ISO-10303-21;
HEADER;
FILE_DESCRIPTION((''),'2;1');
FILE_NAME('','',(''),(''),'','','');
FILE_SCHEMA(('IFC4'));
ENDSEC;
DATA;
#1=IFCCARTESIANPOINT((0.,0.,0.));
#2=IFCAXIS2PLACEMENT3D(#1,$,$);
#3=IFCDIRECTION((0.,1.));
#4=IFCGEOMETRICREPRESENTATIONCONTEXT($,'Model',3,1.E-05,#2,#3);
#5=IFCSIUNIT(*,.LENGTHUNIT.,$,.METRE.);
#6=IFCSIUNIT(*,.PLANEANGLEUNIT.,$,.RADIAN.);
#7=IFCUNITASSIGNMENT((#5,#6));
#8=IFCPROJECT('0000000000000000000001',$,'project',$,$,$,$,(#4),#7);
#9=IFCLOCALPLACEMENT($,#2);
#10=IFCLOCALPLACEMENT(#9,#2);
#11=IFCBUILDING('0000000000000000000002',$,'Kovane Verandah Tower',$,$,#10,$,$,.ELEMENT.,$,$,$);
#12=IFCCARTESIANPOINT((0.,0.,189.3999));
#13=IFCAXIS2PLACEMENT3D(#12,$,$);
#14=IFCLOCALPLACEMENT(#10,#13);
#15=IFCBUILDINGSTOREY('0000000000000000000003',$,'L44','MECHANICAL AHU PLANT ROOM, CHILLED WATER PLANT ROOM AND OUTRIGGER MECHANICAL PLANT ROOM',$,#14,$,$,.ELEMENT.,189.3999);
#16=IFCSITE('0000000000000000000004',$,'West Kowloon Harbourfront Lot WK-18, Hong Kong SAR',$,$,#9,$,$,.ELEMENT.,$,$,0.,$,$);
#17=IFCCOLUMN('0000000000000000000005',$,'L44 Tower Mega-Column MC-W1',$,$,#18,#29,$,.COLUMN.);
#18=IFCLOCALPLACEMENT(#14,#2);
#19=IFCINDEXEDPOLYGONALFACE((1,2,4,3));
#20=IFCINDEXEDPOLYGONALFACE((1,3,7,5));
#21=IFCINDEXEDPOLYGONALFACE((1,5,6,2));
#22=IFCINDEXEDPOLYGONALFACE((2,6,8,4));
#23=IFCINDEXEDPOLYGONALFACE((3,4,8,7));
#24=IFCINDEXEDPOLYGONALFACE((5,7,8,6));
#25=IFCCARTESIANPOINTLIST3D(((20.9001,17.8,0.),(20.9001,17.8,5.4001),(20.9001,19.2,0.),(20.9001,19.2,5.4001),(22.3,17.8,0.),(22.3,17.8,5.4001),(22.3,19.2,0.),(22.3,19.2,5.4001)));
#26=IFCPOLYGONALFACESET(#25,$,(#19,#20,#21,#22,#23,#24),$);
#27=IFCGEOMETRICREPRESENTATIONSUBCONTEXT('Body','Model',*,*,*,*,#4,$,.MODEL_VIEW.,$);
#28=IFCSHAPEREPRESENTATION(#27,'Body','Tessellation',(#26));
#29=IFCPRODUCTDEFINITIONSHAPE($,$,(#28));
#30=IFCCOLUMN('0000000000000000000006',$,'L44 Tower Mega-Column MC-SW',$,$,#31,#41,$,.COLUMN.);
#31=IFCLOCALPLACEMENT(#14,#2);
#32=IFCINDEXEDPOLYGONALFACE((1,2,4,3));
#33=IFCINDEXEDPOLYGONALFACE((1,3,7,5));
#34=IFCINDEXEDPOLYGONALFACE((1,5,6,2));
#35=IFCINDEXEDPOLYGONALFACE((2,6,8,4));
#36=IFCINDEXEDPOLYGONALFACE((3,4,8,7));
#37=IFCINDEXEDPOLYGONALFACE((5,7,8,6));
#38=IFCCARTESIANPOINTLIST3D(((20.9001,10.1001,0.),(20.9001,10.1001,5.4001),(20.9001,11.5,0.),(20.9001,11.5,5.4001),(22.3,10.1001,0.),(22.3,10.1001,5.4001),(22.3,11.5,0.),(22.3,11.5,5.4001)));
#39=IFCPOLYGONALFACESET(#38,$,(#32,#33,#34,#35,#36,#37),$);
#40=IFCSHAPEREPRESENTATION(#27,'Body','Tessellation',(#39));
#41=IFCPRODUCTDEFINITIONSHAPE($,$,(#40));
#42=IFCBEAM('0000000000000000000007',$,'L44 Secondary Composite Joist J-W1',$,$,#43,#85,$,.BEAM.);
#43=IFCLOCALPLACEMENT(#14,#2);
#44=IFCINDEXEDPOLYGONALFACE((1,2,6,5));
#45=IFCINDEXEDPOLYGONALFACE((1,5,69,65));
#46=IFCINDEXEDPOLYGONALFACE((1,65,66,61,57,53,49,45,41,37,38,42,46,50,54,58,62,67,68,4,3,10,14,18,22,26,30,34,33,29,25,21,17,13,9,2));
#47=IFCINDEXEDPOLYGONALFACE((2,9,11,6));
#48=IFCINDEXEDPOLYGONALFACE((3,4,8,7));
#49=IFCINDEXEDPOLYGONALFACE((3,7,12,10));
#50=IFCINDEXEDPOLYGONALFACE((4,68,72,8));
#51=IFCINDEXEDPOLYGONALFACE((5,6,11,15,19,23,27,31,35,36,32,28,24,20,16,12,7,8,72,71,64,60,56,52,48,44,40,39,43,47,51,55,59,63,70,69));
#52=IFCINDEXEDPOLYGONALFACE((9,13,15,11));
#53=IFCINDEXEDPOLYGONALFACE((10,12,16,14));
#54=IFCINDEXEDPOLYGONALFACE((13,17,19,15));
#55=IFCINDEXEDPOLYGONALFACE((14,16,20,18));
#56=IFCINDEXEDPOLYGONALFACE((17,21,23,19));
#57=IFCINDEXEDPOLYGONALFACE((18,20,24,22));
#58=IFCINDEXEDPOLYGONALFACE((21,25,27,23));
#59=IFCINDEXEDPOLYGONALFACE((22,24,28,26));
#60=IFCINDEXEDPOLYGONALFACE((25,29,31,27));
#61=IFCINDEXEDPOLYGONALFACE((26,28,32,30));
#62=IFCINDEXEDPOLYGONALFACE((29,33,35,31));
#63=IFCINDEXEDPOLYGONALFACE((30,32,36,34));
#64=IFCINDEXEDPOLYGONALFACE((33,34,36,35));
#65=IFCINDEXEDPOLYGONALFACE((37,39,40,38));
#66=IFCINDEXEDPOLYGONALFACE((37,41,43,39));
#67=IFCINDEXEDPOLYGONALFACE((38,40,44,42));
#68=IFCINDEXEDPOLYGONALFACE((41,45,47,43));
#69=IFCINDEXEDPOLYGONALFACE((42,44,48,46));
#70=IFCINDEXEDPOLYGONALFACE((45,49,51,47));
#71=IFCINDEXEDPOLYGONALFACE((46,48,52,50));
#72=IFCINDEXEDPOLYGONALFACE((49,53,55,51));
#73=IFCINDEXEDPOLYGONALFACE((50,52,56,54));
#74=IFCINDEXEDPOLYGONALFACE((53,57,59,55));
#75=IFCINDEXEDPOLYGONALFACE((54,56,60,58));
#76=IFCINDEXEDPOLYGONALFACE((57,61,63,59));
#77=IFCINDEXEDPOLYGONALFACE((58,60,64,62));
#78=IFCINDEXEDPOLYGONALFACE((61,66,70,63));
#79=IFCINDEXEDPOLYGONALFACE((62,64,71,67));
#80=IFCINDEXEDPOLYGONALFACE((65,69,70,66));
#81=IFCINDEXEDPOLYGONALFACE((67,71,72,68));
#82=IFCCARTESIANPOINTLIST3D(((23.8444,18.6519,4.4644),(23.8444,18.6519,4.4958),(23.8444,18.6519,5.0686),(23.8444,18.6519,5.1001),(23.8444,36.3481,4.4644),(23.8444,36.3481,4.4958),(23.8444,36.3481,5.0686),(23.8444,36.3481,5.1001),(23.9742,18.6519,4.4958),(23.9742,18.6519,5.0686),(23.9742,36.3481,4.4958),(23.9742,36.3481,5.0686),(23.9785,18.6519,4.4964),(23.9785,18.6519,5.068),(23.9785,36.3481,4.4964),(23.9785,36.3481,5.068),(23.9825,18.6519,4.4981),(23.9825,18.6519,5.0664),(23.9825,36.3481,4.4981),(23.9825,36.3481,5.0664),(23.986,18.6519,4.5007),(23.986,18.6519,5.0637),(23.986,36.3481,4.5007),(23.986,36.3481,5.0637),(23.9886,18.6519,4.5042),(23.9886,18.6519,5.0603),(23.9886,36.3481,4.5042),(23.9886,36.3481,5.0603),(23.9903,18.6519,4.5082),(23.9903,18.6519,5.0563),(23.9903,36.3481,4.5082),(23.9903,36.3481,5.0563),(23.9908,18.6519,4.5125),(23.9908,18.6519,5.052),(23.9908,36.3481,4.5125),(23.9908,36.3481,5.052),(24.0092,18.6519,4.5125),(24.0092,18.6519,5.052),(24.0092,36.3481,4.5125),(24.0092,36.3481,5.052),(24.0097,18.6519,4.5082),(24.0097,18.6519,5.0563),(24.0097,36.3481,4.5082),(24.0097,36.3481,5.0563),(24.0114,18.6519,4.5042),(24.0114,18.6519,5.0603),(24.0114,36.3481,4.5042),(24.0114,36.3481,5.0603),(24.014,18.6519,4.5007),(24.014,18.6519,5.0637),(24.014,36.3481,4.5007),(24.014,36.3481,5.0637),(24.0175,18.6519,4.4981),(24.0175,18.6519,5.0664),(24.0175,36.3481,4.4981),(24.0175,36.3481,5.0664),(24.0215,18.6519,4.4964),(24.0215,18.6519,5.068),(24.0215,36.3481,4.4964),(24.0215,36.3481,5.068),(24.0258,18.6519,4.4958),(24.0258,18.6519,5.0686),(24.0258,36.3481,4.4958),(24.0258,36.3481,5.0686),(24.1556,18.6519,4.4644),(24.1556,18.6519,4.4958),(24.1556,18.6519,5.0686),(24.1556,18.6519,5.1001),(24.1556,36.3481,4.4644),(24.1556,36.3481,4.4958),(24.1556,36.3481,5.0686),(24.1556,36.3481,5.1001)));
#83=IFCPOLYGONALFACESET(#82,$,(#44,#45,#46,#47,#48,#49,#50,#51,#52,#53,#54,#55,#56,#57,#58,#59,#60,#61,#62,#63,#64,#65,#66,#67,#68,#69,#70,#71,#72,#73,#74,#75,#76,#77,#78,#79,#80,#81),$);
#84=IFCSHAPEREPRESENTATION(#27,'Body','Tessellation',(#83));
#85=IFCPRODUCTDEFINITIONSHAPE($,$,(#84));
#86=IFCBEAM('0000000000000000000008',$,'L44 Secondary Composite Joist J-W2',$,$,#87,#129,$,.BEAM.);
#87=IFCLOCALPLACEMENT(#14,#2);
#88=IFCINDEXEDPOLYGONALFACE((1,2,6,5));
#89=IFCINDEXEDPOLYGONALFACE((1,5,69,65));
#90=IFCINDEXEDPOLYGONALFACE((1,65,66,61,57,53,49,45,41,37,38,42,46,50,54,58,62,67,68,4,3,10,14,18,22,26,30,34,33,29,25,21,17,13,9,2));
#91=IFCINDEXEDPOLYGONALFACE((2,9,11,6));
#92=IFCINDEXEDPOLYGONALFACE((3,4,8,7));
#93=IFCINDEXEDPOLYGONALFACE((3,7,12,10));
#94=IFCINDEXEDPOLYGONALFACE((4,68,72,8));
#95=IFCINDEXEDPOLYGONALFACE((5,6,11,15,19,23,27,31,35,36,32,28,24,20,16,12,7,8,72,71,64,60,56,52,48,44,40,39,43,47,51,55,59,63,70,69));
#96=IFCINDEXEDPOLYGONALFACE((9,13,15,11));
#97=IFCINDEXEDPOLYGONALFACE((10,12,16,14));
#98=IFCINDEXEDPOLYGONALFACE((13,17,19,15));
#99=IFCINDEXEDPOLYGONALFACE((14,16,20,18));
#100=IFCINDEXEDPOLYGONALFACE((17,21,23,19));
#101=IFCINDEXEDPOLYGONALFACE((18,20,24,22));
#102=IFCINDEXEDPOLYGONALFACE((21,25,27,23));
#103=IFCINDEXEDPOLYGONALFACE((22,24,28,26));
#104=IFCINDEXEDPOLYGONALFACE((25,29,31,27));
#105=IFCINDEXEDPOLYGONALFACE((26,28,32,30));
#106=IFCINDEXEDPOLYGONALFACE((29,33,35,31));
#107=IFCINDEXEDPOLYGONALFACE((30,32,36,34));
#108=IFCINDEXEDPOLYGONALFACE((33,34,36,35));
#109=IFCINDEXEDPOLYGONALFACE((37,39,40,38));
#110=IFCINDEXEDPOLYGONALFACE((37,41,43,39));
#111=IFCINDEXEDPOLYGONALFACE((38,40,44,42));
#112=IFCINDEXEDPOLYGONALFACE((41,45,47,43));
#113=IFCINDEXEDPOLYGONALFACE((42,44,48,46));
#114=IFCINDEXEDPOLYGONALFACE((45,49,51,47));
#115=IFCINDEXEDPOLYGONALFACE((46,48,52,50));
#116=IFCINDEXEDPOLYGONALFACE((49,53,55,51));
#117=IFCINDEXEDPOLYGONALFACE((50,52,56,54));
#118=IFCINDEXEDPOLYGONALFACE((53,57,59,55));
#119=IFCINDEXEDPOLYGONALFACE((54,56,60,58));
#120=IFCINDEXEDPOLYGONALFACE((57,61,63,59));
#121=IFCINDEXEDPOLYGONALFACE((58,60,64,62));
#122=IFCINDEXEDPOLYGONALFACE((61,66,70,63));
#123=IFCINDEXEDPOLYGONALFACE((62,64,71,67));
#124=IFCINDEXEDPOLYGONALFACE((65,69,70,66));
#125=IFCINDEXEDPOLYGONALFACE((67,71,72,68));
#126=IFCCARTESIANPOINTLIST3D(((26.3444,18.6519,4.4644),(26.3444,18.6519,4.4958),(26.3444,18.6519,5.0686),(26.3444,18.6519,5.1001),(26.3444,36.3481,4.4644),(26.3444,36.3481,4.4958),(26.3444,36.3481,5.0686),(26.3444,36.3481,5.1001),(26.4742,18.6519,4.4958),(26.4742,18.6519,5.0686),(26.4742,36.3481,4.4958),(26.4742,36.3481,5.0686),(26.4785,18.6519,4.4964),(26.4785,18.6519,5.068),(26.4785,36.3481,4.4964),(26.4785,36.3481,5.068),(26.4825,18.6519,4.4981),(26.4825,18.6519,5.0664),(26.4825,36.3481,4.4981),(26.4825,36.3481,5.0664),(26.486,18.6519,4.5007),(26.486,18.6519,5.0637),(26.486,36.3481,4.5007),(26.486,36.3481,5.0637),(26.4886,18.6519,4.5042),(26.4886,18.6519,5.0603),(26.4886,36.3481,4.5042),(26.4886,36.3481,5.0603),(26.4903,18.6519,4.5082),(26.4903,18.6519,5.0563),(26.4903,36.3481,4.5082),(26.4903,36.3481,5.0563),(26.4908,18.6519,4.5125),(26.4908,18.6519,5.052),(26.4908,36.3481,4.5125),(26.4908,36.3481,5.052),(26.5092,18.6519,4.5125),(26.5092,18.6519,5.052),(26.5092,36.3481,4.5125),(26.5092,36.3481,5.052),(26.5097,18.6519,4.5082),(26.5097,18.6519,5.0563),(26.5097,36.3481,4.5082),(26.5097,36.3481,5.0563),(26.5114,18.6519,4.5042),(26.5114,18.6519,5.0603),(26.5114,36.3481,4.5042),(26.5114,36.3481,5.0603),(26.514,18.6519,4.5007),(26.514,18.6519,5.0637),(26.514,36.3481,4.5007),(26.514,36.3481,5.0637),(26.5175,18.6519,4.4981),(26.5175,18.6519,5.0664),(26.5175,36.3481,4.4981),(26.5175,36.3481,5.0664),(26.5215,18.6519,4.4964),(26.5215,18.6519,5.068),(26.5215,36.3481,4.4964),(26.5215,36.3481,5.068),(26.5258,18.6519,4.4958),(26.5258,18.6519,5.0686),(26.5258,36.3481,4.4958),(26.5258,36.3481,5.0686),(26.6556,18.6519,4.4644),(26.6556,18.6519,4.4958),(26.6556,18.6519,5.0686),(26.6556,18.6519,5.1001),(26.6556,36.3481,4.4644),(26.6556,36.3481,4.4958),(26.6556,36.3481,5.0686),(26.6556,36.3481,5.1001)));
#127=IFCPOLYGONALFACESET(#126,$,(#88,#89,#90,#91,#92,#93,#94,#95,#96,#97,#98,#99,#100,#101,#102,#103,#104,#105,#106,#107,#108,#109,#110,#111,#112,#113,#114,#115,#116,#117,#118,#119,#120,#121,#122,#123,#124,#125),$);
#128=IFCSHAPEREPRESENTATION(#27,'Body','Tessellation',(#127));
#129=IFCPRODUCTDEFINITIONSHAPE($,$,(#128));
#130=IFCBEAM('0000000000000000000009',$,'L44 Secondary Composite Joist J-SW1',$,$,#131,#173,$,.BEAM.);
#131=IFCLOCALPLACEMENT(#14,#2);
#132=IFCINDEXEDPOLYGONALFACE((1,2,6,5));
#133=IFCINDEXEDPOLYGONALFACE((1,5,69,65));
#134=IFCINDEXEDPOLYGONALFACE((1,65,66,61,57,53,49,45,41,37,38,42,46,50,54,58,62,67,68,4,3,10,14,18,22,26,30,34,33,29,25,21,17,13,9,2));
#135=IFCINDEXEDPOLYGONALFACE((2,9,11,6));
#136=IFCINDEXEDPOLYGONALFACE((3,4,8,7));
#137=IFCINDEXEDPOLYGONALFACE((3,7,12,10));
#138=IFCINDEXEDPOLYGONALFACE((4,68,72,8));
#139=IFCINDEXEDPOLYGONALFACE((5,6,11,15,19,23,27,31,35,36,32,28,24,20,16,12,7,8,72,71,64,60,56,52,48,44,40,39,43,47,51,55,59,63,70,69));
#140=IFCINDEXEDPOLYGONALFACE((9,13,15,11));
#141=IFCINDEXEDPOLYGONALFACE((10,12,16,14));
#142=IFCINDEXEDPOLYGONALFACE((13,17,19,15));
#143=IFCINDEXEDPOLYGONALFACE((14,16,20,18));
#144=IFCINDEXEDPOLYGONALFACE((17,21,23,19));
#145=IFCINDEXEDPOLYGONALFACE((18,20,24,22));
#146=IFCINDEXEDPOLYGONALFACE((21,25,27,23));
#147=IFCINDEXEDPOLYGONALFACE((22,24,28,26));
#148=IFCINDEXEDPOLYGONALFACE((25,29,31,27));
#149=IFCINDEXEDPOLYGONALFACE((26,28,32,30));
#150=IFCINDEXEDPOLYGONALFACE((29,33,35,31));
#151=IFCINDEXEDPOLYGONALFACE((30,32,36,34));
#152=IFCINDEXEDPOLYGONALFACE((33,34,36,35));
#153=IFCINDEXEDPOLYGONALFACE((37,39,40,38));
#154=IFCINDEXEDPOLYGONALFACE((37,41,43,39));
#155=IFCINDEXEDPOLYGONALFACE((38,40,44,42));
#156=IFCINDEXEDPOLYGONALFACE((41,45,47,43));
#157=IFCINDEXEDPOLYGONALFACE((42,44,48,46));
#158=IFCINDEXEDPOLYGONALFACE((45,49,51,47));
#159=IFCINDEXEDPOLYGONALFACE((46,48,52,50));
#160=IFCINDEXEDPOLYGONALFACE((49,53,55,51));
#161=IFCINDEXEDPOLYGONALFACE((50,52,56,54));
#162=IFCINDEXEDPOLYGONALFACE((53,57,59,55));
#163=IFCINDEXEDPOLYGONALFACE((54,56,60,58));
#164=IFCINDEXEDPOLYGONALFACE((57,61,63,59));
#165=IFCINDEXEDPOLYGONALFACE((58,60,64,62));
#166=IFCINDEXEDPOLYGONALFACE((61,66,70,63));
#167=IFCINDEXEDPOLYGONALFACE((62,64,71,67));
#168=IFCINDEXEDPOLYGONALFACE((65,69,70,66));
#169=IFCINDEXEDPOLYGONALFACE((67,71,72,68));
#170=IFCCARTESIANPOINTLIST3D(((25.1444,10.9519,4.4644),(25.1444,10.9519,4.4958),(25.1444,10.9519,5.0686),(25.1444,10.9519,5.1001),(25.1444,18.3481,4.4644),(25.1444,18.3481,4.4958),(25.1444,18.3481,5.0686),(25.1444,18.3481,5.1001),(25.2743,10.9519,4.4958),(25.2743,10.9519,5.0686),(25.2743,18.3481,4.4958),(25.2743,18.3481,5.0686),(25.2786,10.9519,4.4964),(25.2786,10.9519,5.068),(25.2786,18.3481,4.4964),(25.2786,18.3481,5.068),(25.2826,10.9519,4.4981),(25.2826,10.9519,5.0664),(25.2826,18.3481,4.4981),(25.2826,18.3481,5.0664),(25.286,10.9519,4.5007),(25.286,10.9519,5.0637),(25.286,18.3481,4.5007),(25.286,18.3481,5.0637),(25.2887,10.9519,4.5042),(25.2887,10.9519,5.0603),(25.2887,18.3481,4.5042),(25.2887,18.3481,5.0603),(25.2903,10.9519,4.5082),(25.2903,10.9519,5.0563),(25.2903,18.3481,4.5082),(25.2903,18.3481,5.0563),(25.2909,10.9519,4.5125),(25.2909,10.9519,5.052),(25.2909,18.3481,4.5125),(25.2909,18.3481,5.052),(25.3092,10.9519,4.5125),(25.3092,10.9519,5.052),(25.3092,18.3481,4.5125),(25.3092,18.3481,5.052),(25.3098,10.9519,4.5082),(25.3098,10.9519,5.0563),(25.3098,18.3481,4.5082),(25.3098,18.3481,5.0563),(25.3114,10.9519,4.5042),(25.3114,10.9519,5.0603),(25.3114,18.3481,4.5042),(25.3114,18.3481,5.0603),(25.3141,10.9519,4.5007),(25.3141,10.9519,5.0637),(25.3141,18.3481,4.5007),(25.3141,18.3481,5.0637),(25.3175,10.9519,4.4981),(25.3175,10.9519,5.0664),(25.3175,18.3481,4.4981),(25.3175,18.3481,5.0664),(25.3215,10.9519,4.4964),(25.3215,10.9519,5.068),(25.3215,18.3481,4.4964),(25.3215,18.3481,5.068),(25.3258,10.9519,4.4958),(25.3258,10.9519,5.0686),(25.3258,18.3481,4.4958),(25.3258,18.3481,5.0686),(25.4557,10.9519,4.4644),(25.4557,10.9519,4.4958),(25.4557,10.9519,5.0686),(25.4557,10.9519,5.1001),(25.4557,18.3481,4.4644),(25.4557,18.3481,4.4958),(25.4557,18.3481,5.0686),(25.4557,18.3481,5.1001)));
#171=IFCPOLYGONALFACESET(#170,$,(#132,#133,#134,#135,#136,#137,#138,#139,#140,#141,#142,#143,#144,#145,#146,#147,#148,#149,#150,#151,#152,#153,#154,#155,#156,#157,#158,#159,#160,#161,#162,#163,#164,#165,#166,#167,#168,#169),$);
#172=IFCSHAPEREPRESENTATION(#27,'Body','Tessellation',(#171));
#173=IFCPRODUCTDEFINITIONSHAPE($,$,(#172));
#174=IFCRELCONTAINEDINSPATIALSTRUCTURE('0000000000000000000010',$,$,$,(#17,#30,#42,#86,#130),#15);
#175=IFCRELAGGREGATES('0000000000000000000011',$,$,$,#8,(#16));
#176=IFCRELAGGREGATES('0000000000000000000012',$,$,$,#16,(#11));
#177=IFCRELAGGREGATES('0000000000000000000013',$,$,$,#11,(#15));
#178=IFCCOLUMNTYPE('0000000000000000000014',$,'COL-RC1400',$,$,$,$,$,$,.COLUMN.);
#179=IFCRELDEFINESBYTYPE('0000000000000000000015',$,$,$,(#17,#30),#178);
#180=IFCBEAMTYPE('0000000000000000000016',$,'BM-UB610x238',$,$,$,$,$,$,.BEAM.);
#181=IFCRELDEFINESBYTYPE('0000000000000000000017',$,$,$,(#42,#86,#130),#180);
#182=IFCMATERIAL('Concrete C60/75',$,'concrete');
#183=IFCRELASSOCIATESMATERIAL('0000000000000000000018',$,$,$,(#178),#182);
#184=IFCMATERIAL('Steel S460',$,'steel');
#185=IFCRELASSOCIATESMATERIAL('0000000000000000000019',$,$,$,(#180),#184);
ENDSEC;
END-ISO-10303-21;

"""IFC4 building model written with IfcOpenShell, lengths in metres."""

from ifc_helpers import new_model, si_unit, direction, frame, origin, origin_2d, place, context, subcontext, project, spatial, rectangle, i_section, extrude, material, material_profile, profile_set, type_object, element, save


model = new_model("IFC4")

# Units and contexts
model_context = context("Model", 3, precision=1e-05, world=origin(), true_north=direction((0.0, 1.0)))
body_context = subcontext(model_context, "Body", "Model", "MODEL_VIEW")
ifc_project = project(units=[si_unit("LENGTHUNIT", "METRE"), si_unit("PLANEANGLEUNIT", "RADIAN")], contexts=[model_context])

# Site, building, storey
site_placement = place(None, origin())
site = spatial("IfcSite", under=ifc_project, at=site_placement, Name="West Kowloon Harbourfront Lot WK-18, Hong Kong SAR", CompositionType="ELEMENT", RefElevation=0.0)
building_placement = place(site_placement, origin())
building = spatial("IfcBuilding", under=site, at=building_placement, Name="Kovane Verandah Tower", CompositionType="ELEMENT")
storey_placement = place(building_placement, frame((0.0, 0.0, 189.3999)))
storey = spatial("IfcBuildingStorey", under=building, at=storey_placement, Name="L44", Description="MECHANICAL AHU PLANT ROOM, CHILLED WATER PLANT ROOM AND OUTRIGGER MECHANICAL PLANT ROOM", CompositionType="ELEMENT", Elevation=189.3999)

# Columns
ifc_material_1 = material(Name="Concrete C60/75", Category="concrete")
ifc_material_profile_1 = material_profile(ifc_material_1, rectangle(XDim=1.3999, YDim=1.3999, at=origin_2d()), Name="RC1400x1400")
ifc_profile_set_1 = profile_set([ifc_material_profile_1], Name="Concrete C60/75")
column_type = type_object("IfcColumnType", Name="COL-RC1400", PredefinedType="COLUMN", material=ifc_profile_set_1)
for number, where, z_axis, x_axis, name in (
    (1, (21.6001, 18.5, 0.0), (0.0, 0.0, 1.0), (1.0, 0.0, 0.0), "L44 Tower Mega-Column MC-W1"),
    (2, (21.6001, 10.8, 0.0), (0.0, 0.0, 1.0), (1.0, 0.0, 0.0), "L44 Tower Mega-Column MC-SW"),
):
    element("IfcColumn", number, at=place(storey_placement, frame(where, z_axis=z_axis, x_axis=x_axis)), inside=storey, type_object=column_type, Name=name, PredefinedType="COLUMN", context=body_context, shape_type="SweptSolid", body=[
        extrude(rectangle(XDim=1.3999, YDim=1.3999, at=origin_2d()), origin(), (0.0, 0.0, 1.0), 5.4001),
    ])

# Beams
ifc_material_2 = material(Name="Steel S460", Category="steel")
ifc_material_profile_2 = material_profile(ifc_material_2, i_section(OverallWidth=0.3113, OverallDepth=0.6357, WebThickness=0.0183, FlangeThickness=0.0315, FilletRadius=0.0166, at=origin_2d()), Name="UB610x305x238")
ifc_profile_set_2 = profile_set([ifc_material_profile_2], Name="Steel S460")
beam_type_1 = type_object("IfcBeamType", Name="BM-UB610x238", PredefinedType="BEAM", material=ifc_profile_set_2)
for number, where, z_axis, x_axis, name in (
    (3, (24.0, 18.6519, 4.7822), (0.0, 1.0, 0.0), (-1.0, 0.0, 0.0), "L44 Secondary Composite Joist J-W1"),
    (4, (26.5, 18.6519, 4.7822), (0.0, 1.0, 0.0), (-1.0, 0.0, 0.0), "L44 Secondary Composite Joist J-W2"),
):
    element("IfcBeam", number, at=place(storey_placement, frame(where, z_axis=z_axis, x_axis=x_axis)), inside=storey, type_object=beam_type_1, Name=name, PredefinedType="BEAM", context=body_context, shape_type="SweptSolid", body=[
        extrude(i_section(OverallWidth=0.3113, OverallDepth=0.6357, WebThickness=0.0183, FlangeThickness=0.0315, FilletRadius=0.0166, at=origin_2d()), origin(), (0.0, 0.0, 1.0), 17.6963),
    ])
beam_1_placement = place(storey_placement, frame((25.3, 10.9519, 4.7822), z_axis=(0.0, 1.0, 0.0), x_axis=(-1.0, 0.0, 0.0)))
element("IfcBeam", 5, at=beam_1_placement, inside=storey, type_object=beam_type_1, Name="L44 Secondary Composite Joist J-SW1", PredefinedType="BEAM", context=body_context, shape_type="SweptSolid", body=[
    extrude(i_section(OverallWidth=0.3113, OverallDepth=0.6357, WebThickness=0.0183, FlangeThickness=0.0315, FilletRadius=0.0166, at=origin_2d()), origin(), (0.0, 0.0, 1.0), 7.3962),
])

save(model, "model.ifc")
